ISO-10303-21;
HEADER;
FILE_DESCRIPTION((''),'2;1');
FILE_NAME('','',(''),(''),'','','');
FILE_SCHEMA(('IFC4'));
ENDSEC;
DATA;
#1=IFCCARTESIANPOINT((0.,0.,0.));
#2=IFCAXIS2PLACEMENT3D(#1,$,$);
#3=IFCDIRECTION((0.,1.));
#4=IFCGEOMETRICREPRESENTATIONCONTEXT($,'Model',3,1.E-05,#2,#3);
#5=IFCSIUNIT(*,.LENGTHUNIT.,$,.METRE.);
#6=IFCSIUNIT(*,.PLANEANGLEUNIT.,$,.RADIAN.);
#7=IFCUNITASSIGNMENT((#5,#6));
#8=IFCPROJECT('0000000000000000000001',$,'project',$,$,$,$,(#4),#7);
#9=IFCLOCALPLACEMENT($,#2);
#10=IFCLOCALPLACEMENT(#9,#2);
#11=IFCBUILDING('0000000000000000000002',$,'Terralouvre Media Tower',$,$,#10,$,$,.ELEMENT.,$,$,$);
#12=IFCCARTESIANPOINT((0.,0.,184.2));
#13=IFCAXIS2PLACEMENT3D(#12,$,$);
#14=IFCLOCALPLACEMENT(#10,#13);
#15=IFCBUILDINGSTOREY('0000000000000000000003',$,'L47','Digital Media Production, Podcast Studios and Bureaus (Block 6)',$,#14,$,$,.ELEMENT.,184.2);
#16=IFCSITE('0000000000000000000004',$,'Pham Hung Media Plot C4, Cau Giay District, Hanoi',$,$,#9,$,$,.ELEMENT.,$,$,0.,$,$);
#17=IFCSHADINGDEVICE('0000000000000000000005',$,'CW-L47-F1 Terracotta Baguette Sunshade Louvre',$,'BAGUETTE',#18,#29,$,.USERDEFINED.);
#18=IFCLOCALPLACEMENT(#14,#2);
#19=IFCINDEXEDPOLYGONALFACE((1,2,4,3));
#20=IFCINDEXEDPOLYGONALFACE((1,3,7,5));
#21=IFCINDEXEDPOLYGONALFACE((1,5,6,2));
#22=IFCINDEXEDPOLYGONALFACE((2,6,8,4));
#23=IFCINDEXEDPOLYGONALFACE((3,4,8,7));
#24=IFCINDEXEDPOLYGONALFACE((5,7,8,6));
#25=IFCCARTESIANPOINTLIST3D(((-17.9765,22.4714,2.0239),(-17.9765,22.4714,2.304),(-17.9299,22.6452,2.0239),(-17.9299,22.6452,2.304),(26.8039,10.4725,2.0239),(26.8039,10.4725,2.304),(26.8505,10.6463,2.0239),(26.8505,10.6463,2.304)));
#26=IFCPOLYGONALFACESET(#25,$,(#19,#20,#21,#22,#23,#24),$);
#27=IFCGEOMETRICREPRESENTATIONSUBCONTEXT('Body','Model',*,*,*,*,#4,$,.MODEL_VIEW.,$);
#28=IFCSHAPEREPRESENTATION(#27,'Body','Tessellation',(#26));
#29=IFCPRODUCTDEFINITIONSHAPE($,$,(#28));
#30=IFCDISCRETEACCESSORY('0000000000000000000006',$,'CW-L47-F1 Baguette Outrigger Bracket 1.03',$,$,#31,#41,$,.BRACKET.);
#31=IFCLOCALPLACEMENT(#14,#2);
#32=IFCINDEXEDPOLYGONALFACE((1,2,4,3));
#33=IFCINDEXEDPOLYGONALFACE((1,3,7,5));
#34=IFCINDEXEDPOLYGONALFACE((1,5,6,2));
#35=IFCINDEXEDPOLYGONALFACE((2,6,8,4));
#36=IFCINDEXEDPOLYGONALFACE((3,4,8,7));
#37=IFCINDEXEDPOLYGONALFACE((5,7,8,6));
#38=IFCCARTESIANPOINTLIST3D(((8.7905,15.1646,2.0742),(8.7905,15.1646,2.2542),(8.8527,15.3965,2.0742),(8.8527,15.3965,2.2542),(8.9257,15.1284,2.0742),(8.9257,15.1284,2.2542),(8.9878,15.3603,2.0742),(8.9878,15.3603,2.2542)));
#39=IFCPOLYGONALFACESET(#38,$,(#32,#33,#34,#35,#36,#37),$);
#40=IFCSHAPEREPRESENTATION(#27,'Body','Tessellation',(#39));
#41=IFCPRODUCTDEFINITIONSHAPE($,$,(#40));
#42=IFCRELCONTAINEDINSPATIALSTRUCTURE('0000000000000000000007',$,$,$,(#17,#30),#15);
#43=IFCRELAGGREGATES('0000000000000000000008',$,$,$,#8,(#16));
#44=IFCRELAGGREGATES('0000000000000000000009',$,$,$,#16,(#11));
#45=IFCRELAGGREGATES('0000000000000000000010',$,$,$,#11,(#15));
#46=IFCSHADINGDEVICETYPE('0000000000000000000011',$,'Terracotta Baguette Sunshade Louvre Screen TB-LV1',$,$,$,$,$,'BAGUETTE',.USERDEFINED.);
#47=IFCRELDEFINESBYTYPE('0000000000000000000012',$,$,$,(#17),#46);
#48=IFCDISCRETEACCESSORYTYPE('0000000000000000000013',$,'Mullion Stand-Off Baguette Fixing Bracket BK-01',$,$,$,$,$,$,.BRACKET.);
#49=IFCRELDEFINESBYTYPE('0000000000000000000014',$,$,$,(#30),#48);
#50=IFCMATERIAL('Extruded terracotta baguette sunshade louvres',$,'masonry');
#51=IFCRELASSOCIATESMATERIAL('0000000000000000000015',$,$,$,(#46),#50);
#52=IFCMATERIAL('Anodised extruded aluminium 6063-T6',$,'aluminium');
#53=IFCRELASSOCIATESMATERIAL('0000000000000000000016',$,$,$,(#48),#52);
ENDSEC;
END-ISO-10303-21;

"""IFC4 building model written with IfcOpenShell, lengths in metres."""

from ifc_helpers import new_model, si_unit, direction, frame, origin, origin_2d, place, context, subcontext, project, spatial, rectangle, extrude, material, type_object, element, save


model = new_model("IFC4")

# Units and contexts
model_context = context("Model", 3, precision=1e-05, world=origin(), true_north=direction((0.0, 1.0)))
body_context = subcontext(model_context, "Body", "Model", "MODEL_VIEW")
ifc_project = project(units=[si_unit("LENGTHUNIT", "METRE"), si_unit("PLANEANGLEUNIT", "RADIAN")], contexts=[model_context])

# Site, building, storey
site_placement = place(None, origin())
site = spatial("IfcSite", under=ifc_project, at=site_placement, Name="Pham Hung Media Plot C4, Cau Giay District, Hanoi", CompositionType="ELEMENT", RefElevation=0.0)
building_placement = place(site_placement, origin())
building = spatial("IfcBuilding", under=site, at=building_placement, Name="Terralouvre Media Tower", CompositionType="ELEMENT")
storey_placement = place(building_placement, frame((0.0, 0.0, 184.2)))
storey = spatial("IfcBuildingStorey", under=building, at=storey_placement, Name="L47", Description="Digital Media Production, Podcast Studios and Bureaus (Block 6)", CompositionType="ELEMENT", Elevation=184.2)

# Shading device
ifc_material_1 = material(Name="Extruded terracotta baguette sunshade louvres", Category="masonry")
shading_device_type = type_object("IfcShadingDeviceType", Name="Terracotta Baguette Sunshade Louvre Screen TB-LV1", ElementType="BAGUETTE", PredefinedType="USERDEFINED", material=ifc_material_1)
shading_device_placement = place(storey_placement, frame((4.437, 16.5588, 2.0239), z_axis=(0.0, 0.0, 1.0), x_axis=(-0.965926, 0.258819, 0.0)))
element("IfcShadingDevice", 1, at=shading_device_placement, inside=storey, type_object=shading_device_type, Name="CW-L47-F1 Terracotta Baguette Sunshade Louvre", ObjectType="BAGUETTE", PredefinedType="USERDEFINED", context=body_context, shape_type="SweptSolid", body=[
    extrude(rectangle(XDim=46.3601, YDim=0.1799, at=origin_2d()), origin(), (0.0, 0.0, 1.0), 0.28),
])

# Discrete accessory
ifc_material_2 = material(Name="Anodised extruded aluminium 6063-T6", Category="aluminium")
discrete_accessory_type = type_object("IfcDiscreteAccessoryType", Name="Mullion Stand-Off Baguette Fixing Bracket BK-01", PredefinedType="BRACKET", material=ifc_material_2)
discrete_accessory_placement = place(storey_placement, frame((8.8892, 15.2625, 2.0742), z_axis=(0.0, 0.0, 1.0), x_axis=(-0.965926, 0.258819, 0.0)))
element("IfcDiscreteAccessory", 2, at=discrete_accessory_placement, inside=storey, type_object=discrete_accessory_type, Name="CW-L47-F1 Baguette Outrigger Bracket 1.03", PredefinedType="BRACKET", context=body_context, shape_type="SweptSolid", body=[
    extrude(rectangle(XDim=0.1399, YDim=0.24, at=origin_2d()), origin(), (0.0, 0.0, 1.0), 0.1799),
])

save(model, "model.ifc")
